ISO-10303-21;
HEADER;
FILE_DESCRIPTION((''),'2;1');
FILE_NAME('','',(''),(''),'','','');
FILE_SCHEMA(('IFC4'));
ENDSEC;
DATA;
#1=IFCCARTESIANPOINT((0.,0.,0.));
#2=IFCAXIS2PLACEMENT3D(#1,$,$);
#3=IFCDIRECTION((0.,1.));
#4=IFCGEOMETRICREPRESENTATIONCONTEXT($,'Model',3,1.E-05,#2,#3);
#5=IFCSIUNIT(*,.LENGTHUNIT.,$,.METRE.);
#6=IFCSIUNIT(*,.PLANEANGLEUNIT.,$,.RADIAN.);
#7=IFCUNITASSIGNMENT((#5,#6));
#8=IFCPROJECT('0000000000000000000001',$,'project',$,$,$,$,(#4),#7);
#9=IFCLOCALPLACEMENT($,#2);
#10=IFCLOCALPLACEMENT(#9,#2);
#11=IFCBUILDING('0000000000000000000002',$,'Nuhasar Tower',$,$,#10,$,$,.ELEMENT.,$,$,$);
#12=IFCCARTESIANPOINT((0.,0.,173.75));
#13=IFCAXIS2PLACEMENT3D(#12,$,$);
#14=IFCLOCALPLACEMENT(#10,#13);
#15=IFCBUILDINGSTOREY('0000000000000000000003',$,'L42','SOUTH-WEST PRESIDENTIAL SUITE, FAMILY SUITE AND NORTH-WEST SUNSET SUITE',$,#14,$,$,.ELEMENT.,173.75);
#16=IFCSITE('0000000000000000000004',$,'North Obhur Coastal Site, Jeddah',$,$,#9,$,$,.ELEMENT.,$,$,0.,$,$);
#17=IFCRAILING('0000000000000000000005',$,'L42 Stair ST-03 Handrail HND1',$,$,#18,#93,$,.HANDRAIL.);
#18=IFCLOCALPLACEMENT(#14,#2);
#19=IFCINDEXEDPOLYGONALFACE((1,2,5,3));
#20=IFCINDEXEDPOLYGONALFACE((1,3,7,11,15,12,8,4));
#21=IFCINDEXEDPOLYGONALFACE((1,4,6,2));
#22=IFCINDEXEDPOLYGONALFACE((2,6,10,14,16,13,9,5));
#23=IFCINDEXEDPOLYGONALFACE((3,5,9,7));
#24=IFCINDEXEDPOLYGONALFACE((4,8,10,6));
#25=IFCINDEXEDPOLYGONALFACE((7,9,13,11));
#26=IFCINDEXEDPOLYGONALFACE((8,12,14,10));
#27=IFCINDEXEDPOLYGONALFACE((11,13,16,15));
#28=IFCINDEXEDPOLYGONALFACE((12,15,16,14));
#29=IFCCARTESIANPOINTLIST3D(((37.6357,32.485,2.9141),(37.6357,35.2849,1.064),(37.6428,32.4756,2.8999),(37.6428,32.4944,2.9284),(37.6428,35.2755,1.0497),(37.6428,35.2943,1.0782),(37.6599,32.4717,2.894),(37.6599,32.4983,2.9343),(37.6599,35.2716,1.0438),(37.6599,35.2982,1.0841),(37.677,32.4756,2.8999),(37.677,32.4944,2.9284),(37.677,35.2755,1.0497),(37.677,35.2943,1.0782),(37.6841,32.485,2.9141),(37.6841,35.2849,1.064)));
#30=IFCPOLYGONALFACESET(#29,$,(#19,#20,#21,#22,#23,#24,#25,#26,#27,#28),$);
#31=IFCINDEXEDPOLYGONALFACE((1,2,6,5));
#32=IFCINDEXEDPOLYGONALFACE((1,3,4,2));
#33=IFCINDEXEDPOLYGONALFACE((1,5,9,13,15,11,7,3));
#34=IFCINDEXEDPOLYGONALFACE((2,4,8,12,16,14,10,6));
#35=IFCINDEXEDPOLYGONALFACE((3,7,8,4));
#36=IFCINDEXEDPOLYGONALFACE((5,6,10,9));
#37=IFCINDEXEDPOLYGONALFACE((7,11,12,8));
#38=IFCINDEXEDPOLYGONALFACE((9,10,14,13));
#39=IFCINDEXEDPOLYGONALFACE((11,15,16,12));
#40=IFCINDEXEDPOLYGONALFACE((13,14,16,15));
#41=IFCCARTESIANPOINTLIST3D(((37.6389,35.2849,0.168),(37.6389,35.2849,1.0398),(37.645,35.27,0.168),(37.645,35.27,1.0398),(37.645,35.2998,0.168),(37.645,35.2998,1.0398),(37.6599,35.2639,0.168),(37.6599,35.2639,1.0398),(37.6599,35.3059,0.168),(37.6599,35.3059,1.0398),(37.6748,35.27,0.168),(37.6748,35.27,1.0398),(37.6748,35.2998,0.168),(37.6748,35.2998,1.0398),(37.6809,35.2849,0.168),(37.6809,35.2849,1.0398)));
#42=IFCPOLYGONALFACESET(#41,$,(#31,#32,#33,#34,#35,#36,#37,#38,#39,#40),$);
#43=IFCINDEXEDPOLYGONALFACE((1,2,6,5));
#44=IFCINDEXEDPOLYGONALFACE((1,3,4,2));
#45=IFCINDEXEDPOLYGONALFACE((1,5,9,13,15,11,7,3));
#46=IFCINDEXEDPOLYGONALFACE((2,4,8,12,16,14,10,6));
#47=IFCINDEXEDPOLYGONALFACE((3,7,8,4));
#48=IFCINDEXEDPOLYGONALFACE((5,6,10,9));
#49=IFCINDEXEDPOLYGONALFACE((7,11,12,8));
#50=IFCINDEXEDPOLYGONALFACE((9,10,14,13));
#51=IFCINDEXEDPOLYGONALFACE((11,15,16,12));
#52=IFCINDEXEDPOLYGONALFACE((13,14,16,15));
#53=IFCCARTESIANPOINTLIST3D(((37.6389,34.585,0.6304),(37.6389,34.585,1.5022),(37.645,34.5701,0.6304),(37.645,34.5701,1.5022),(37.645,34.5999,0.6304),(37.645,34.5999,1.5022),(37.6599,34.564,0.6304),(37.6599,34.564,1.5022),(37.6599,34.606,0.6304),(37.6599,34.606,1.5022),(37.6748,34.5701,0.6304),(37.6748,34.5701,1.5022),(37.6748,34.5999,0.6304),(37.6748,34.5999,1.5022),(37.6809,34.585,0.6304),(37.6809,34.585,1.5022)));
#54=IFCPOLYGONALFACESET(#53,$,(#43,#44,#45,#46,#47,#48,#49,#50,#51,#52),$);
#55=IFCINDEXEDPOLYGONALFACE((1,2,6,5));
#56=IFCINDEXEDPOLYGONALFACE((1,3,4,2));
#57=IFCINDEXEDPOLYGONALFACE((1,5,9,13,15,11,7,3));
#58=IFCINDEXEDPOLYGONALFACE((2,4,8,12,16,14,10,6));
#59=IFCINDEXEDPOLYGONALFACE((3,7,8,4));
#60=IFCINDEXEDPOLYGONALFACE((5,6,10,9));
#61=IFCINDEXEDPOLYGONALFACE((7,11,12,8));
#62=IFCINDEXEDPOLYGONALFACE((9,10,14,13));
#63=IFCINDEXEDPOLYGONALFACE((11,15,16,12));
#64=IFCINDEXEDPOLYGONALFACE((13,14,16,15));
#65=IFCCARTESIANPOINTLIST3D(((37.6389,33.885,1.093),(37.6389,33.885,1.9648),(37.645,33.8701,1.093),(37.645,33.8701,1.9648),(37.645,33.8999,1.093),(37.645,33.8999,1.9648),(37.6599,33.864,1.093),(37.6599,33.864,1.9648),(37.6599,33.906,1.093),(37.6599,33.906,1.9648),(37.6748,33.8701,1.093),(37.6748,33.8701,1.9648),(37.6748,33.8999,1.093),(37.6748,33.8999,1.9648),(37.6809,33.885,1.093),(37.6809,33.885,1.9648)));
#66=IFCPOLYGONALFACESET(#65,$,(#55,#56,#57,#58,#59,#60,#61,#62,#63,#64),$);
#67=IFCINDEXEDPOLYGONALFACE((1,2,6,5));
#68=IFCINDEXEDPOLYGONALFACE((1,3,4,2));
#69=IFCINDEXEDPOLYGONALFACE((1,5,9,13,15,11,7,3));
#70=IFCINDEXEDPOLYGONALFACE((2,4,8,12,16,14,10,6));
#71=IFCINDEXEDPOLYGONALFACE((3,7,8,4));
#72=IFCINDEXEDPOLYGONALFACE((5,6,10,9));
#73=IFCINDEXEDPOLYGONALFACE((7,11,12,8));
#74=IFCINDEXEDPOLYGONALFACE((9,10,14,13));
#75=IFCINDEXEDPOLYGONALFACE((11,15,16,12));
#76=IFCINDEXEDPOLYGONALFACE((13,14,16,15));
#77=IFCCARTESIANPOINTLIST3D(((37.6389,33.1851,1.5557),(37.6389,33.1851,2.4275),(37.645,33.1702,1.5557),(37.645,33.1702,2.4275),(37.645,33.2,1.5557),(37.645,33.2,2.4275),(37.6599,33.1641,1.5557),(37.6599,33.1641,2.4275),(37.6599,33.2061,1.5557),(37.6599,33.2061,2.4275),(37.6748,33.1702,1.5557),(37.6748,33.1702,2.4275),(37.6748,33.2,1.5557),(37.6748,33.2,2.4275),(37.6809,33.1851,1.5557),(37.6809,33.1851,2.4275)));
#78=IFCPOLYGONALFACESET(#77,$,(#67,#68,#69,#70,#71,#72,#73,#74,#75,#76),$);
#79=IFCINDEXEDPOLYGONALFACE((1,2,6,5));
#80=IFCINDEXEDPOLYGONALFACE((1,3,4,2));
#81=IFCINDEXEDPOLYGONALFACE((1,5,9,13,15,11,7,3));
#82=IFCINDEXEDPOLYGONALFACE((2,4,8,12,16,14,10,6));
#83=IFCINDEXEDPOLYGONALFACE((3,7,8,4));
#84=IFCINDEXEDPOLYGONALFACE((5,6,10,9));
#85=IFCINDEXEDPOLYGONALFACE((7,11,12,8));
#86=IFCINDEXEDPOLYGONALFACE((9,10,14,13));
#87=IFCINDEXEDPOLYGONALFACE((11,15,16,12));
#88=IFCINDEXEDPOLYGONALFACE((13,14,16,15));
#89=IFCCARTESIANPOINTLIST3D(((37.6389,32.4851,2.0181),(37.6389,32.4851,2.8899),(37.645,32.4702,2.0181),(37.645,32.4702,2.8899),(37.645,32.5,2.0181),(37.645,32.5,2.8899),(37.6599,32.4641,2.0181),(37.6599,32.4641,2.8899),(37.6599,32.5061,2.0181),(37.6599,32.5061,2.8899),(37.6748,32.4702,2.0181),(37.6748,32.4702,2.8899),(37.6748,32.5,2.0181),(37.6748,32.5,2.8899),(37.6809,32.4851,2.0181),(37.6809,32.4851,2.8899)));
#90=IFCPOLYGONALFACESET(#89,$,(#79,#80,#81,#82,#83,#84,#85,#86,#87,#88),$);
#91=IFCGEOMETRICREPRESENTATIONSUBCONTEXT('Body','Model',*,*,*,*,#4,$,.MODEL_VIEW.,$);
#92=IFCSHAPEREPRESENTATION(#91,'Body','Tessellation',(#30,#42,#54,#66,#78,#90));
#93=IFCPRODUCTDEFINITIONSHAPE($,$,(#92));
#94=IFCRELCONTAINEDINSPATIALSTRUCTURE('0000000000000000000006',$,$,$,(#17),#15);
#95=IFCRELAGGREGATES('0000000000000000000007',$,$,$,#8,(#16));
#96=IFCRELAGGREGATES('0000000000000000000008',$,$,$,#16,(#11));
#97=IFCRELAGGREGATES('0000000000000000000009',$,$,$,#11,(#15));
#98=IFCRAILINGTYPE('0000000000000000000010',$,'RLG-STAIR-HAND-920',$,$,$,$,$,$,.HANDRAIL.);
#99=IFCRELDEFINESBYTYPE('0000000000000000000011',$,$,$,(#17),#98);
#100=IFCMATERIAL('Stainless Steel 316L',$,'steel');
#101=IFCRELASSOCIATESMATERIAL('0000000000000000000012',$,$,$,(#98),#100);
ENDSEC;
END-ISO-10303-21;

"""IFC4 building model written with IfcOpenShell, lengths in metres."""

from ifc_helpers import new_model, si_unit, direction, frame, origin, place, context, subcontext, project, spatial, polyline, outline, extrude, material, type_object, element, save


model = new_model("IFC4")

# Units and contexts
model_context = context("Model", 3, precision=1e-05, world=origin(), true_north=direction((0.0, 1.0)))
body_context = subcontext(model_context, "Body", "Model", "MODEL_VIEW")
ifc_project = project(units=[si_unit("LENGTHUNIT", "METRE"), si_unit("PLANEANGLEUNIT", "RADIAN")], contexts=[model_context])

# Site, building, storey
site_placement = place(None, origin())
site = spatial("IfcSite", under=ifc_project, at=site_placement, Name="North Obhur Coastal Site, Jeddah", CompositionType="ELEMENT", RefElevation=0.0)
building_placement = place(site_placement, origin())
building = spatial("IfcBuilding", under=site, at=building_placement, Name="Nuhasar Tower", CompositionType="ELEMENT")
storey_placement = place(building_placement, frame((0.0, 0.0, 173.75)))
storey = spatial("IfcBuildingStorey", under=building, at=storey_placement, Name="L42", Description="SOUTH-WEST PRESIDENTIAL SUITE, FAMILY SUITE AND NORTH-WEST SUNSET SUITE", CompositionType="ELEMENT", Elevation=173.75)

# Railing
ifc_material_1 = material(Name="Stainless Steel 316L", Category="steel")
railing_type_1 = type_object("IfcRailingType", Name="RLG-STAIR-HAND-920", PredefinedType="HANDRAIL", material=ifc_material_1)
railing_1_placement = place(storey_placement, frame((37.6599, 35.2849, 0.168)))
element("IfcRailing", 1, at=railing_1_placement, inside=storey, type_object=railing_type_1, Name="L42 Stair ST-03 Handrail HND1", PredefinedType="HANDRAIL", context=body_context, shape_type="SweptSolid", body=[
    extrude(outline(polyline([(0.0242, 0.0), (0.0171, 0.0171), (0.0, 0.0242), (-0.0171, 0.0171), (-0.0242, 0.0), (-0.0171, -0.0171), (0.0, -0.0242), (0.0171, -0.0171), (0.0242, 0.0)])), frame((0.0, 0.0, 0.896), z_axis=(0.0, -0.834304, 0.551304), x_axis=(1.0, 0.0, 0.0)), (0.0, 0.0, 1.0), 3.356),
    extrude(outline(polyline([(0.021, 0.0), (0.0149, 0.0149), (0.0, 0.021), (-0.0149, 0.0149), (-0.021, 0.0), (-0.0149, -0.0149), (0.0, -0.021), (0.0149, -0.0149), (0.021, 0.0)])), origin(), (0.0, 0.0, 1.0), 0.8718),
    extrude(outline(polyline([(0.021, 0.0), (0.0149, 0.0149), (0.0, 0.021), (-0.0149, 0.0149), (-0.021, 0.0), (-0.0149, -0.0149), (0.0, -0.021), (0.0149, -0.0149), (0.021, 0.0)])), frame((0.0, -0.7, 0.4624)), (0.0, 0.0, 1.0), 0.8718),
    extrude(outline(polyline([(0.021, 0.0), (0.0149, 0.0149), (0.0, 0.021), (-0.0149, 0.0149), (-0.021, 0.0), (-0.0149, -0.0149), (0.0, -0.021), (0.0149, -0.0149), (0.021, 0.0)])), frame((0.0, -1.3999, 0.925)), (0.0, 0.0, 1.0), 0.8718),
    extrude(outline(polyline([(0.021, 0.0), (0.0149, 0.0149), (0.0, 0.021), (-0.0149, 0.0149), (-0.021, 0.0), (-0.0149, -0.0149), (0.0, -0.021), (0.0149, -0.0149), (0.021, 0.0)])), frame((0.0, -2.0999, 1.3877)), (0.0, 0.0, 1.0), 0.8718),
    extrude(outline(polyline([(0.021, 0.0), (0.0149, 0.0149), (0.0, 0.021), (-0.0149, 0.0149), (-0.021, 0.0), (-0.0149, -0.0149), (0.0, -0.021), (0.0149, -0.0149), (0.021, 0.0)])), frame((0.0, -2.7998, 1.8501)), (0.0, 0.0, 1.0), 0.8718),
])

save(model, "model.ifc")
